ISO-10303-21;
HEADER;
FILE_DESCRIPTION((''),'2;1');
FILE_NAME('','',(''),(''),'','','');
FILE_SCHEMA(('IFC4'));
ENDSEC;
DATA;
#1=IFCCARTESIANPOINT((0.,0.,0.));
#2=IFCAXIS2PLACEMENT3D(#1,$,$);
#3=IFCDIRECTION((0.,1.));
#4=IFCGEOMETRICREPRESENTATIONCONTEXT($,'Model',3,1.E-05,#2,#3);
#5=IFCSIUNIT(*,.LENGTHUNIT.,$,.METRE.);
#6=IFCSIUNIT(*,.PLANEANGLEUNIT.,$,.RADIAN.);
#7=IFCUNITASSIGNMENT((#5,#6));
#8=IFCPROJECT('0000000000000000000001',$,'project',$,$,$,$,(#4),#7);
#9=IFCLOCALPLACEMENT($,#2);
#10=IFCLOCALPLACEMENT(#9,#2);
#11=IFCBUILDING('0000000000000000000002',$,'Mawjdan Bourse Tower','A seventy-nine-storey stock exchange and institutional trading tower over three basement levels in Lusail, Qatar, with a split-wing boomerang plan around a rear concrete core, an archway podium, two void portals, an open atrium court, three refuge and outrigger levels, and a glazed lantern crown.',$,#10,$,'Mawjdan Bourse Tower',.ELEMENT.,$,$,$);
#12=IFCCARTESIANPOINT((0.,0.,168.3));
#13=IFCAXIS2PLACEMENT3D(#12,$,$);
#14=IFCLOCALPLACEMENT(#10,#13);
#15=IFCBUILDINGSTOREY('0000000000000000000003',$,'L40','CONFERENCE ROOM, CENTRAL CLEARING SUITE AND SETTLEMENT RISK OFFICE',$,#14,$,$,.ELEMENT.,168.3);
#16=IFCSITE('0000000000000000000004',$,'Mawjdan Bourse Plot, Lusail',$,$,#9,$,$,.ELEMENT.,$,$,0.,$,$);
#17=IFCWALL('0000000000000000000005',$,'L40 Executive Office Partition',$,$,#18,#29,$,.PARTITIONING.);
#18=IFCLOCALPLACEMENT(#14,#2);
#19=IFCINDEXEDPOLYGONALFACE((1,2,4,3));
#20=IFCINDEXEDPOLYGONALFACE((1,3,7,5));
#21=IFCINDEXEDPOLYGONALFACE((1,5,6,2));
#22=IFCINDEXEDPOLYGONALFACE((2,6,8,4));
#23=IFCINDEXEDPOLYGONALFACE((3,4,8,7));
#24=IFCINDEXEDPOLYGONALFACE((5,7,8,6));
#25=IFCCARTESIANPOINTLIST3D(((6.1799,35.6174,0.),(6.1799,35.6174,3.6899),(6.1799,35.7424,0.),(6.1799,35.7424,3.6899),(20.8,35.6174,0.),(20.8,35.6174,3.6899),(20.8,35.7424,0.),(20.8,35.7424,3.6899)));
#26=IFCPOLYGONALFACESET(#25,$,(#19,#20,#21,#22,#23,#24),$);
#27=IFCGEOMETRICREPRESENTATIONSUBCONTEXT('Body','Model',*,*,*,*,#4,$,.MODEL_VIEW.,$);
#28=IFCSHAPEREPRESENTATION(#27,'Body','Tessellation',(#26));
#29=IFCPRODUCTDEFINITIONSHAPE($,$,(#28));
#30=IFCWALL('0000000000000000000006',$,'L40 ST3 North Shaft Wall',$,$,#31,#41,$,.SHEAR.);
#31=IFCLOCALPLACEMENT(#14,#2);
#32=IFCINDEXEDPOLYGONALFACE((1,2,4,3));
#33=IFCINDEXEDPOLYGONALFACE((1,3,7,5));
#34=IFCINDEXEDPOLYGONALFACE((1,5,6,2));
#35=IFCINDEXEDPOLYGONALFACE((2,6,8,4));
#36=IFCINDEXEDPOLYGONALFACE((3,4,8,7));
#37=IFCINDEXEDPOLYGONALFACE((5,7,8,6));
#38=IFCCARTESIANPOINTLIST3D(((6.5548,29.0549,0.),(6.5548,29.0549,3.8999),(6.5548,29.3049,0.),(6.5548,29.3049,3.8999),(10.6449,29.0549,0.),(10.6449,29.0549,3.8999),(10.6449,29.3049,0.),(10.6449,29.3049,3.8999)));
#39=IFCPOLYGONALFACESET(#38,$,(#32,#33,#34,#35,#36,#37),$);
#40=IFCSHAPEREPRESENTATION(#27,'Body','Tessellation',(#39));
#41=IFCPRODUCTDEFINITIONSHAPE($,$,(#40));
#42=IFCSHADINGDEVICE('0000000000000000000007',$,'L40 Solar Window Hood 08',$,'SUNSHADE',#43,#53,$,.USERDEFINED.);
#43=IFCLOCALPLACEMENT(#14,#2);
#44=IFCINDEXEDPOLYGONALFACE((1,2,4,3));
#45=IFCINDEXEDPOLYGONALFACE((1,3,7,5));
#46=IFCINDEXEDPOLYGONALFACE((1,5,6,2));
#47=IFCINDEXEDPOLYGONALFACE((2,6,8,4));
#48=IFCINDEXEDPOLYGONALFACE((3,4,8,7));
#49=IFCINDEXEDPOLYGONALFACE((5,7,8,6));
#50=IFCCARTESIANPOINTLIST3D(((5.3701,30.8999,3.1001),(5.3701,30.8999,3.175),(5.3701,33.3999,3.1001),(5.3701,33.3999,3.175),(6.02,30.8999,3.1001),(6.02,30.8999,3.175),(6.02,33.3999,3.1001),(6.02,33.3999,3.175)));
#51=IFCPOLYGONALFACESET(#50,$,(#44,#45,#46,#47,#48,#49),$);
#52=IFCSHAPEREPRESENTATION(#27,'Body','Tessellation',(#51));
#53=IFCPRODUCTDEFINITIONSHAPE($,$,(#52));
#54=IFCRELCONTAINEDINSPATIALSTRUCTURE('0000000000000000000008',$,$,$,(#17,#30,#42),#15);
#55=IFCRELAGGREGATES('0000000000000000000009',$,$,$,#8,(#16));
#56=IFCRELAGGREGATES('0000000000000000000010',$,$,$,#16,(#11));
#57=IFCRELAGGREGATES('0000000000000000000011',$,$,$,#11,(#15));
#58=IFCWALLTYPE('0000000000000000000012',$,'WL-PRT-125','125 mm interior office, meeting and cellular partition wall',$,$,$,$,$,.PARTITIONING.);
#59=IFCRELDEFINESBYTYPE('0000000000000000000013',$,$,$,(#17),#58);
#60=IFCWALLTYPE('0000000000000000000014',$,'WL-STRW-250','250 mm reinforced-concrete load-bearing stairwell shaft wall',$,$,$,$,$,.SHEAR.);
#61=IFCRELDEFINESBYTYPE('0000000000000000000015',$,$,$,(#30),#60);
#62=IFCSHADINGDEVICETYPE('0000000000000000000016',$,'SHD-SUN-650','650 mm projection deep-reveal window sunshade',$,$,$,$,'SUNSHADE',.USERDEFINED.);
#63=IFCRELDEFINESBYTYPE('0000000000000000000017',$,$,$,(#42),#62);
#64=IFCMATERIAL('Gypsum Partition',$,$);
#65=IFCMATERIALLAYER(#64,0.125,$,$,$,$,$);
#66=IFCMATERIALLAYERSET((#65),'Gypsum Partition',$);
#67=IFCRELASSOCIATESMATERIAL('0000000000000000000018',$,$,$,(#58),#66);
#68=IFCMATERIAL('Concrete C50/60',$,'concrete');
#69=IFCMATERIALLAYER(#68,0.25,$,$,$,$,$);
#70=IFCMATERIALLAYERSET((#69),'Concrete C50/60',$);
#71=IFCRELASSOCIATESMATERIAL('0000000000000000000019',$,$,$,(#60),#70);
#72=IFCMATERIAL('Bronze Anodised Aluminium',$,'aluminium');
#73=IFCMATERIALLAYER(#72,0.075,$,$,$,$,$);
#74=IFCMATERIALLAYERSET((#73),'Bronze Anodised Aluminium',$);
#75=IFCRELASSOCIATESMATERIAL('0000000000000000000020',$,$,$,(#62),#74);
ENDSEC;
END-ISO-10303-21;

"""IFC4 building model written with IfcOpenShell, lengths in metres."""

from ifc_helpers import new_model, si_unit, direction, frame, frame_2d, origin, origin_2d, place, context, subcontext, project, spatial, rectangle, extrude, material, layer, layer_set, type_object, element, save


model = new_model("IFC4")

# Units and contexts
model_context = context("Model", 3, precision=1e-05, world=origin(), true_north=direction((0.0, 1.0)))
body_context = subcontext(model_context, "Body", "Model", "MODEL_VIEW")
ifc_project = project(units=[si_unit("LENGTHUNIT", "METRE"), si_unit("PLANEANGLEUNIT", "RADIAN")], contexts=[model_context])

# Site, building, storey
site_placement = place(None, origin())
site = spatial("IfcSite", under=ifc_project, at=site_placement, Name="Mawjdan Bourse Plot, Lusail", CompositionType="ELEMENT", RefElevation=0.0)
building_placement = place(site_placement, origin())
building = spatial("IfcBuilding", under=site, at=building_placement, Name="Mawjdan Bourse Tower", Description="A seventy-nine-storey stock exchange and institutional trading tower over three basement levels in Lusail, Qatar, with a split-wing boomerang plan around a rear concrete core, an archway podium, two void portals, an open atrium court, three refuge and outrigger levels, and a glazed lantern crown.", LongName="Mawjdan Bourse Tower", CompositionType="ELEMENT")
storey_placement = place(building_placement, frame((0.0, 0.0, 168.3)))
storey = spatial("IfcBuildingStorey", under=building, at=storey_placement, Name="L40", Description="CONFERENCE ROOM, CENTRAL CLEARING SUITE AND SETTLEMENT RISK OFFICE", CompositionType="ELEMENT", Elevation=168.3)

# Walls
ifc_material_1 = material(Name="Gypsum Partition")
ifc_layer_1 = layer(ifc_material_1, 0.125)
ifc_layer_set_1 = layer_set([ifc_layer_1], Name="Gypsum Partition")
wall_type_1 = type_object("IfcWallType", Name="WL-PRT-125", Description="125 mm interior office, meeting and cellular partition wall", PredefinedType="PARTITIONING", material=ifc_layer_set_1)
wall_1_placement = place(storey_placement, frame((6.1799, 35.6799, 0.0), z_axis=(0.0, 0.0, 1.0), x_axis=(1.0, 0.0, 0.0)))
element("IfcWall", 1, at=wall_1_placement, inside=storey, type_object=wall_type_1, Name="L40 Executive Office Partition", PredefinedType="PARTITIONING", context=body_context, shape_type="SweptSolid", body=[
    extrude(rectangle(XDim=14.6201, YDim=0.125, at=frame_2d((7.3101, 0.0))), origin(), (0.0, 0.0, 1.0), 3.6899),
])
ifc_material_2 = material(Name="Concrete C50/60", Category="concrete")
ifc_layer_2 = layer(ifc_material_2, 0.25)
ifc_layer_set_2 = layer_set([ifc_layer_2], Name="Concrete C50/60")
wall_type_2 = type_object("IfcWallType", Name="WL-STRW-250", Description="250 mm reinforced-concrete load-bearing stairwell shaft wall", PredefinedType="SHEAR", material=ifc_layer_set_2)
wall_2_placement = place(storey_placement, frame((6.5549, 29.1799, 0.0), z_axis=(0.0, 0.0, 1.0), x_axis=(1.0, 0.0, 0.0)))
element("IfcWall", 2, at=wall_2_placement, inside=storey, type_object=wall_type_2, Name="L40 ST3 North Shaft Wall", PredefinedType="SHEAR", context=body_context, shape_type="SweptSolid", body=[
    extrude(rectangle(XDim=4.0901, YDim=0.25, at=frame_2d((2.0449, 0.0))), origin(), (0.0, 0.0, 1.0), 3.8999),
])

# Shading device
ifc_material_3 = material(Name="Bronze Anodised Aluminium", Category="aluminium")
ifc_layer_3 = layer(ifc_material_3, 0.075)
ifc_layer_set_3 = layer_set([ifc_layer_3], Name="Bronze Anodised Aluminium")
shading_device_type = type_object("IfcShadingDeviceType", Name="SHD-SUN-650", Description="650 mm projection deep-reveal window sunshade", ElementType="SUNSHADE", PredefinedType="USERDEFINED", material=ifc_layer_set_3)
shading_device_placement = place(storey_placement, frame((5.6951, 32.1499, 3.1001), z_axis=(0.0, 0.0, 1.0), x_axis=(0.0, -1.0, 0.0)))
element("IfcShadingDevice", 3, at=shading_device_placement, inside=storey, type_object=shading_device_type, Name="L40 Solar Window Hood 08", ObjectType="SUNSHADE", PredefinedType="USERDEFINED", context=body_context, shape_type="SweptSolid", body=[
    extrude(rectangle(XDim=2.5, YDim=0.6499, at=origin_2d()), origin(), (0.0, 0.0, 1.0), 0.075),
])

save(model, "model.ifc")
